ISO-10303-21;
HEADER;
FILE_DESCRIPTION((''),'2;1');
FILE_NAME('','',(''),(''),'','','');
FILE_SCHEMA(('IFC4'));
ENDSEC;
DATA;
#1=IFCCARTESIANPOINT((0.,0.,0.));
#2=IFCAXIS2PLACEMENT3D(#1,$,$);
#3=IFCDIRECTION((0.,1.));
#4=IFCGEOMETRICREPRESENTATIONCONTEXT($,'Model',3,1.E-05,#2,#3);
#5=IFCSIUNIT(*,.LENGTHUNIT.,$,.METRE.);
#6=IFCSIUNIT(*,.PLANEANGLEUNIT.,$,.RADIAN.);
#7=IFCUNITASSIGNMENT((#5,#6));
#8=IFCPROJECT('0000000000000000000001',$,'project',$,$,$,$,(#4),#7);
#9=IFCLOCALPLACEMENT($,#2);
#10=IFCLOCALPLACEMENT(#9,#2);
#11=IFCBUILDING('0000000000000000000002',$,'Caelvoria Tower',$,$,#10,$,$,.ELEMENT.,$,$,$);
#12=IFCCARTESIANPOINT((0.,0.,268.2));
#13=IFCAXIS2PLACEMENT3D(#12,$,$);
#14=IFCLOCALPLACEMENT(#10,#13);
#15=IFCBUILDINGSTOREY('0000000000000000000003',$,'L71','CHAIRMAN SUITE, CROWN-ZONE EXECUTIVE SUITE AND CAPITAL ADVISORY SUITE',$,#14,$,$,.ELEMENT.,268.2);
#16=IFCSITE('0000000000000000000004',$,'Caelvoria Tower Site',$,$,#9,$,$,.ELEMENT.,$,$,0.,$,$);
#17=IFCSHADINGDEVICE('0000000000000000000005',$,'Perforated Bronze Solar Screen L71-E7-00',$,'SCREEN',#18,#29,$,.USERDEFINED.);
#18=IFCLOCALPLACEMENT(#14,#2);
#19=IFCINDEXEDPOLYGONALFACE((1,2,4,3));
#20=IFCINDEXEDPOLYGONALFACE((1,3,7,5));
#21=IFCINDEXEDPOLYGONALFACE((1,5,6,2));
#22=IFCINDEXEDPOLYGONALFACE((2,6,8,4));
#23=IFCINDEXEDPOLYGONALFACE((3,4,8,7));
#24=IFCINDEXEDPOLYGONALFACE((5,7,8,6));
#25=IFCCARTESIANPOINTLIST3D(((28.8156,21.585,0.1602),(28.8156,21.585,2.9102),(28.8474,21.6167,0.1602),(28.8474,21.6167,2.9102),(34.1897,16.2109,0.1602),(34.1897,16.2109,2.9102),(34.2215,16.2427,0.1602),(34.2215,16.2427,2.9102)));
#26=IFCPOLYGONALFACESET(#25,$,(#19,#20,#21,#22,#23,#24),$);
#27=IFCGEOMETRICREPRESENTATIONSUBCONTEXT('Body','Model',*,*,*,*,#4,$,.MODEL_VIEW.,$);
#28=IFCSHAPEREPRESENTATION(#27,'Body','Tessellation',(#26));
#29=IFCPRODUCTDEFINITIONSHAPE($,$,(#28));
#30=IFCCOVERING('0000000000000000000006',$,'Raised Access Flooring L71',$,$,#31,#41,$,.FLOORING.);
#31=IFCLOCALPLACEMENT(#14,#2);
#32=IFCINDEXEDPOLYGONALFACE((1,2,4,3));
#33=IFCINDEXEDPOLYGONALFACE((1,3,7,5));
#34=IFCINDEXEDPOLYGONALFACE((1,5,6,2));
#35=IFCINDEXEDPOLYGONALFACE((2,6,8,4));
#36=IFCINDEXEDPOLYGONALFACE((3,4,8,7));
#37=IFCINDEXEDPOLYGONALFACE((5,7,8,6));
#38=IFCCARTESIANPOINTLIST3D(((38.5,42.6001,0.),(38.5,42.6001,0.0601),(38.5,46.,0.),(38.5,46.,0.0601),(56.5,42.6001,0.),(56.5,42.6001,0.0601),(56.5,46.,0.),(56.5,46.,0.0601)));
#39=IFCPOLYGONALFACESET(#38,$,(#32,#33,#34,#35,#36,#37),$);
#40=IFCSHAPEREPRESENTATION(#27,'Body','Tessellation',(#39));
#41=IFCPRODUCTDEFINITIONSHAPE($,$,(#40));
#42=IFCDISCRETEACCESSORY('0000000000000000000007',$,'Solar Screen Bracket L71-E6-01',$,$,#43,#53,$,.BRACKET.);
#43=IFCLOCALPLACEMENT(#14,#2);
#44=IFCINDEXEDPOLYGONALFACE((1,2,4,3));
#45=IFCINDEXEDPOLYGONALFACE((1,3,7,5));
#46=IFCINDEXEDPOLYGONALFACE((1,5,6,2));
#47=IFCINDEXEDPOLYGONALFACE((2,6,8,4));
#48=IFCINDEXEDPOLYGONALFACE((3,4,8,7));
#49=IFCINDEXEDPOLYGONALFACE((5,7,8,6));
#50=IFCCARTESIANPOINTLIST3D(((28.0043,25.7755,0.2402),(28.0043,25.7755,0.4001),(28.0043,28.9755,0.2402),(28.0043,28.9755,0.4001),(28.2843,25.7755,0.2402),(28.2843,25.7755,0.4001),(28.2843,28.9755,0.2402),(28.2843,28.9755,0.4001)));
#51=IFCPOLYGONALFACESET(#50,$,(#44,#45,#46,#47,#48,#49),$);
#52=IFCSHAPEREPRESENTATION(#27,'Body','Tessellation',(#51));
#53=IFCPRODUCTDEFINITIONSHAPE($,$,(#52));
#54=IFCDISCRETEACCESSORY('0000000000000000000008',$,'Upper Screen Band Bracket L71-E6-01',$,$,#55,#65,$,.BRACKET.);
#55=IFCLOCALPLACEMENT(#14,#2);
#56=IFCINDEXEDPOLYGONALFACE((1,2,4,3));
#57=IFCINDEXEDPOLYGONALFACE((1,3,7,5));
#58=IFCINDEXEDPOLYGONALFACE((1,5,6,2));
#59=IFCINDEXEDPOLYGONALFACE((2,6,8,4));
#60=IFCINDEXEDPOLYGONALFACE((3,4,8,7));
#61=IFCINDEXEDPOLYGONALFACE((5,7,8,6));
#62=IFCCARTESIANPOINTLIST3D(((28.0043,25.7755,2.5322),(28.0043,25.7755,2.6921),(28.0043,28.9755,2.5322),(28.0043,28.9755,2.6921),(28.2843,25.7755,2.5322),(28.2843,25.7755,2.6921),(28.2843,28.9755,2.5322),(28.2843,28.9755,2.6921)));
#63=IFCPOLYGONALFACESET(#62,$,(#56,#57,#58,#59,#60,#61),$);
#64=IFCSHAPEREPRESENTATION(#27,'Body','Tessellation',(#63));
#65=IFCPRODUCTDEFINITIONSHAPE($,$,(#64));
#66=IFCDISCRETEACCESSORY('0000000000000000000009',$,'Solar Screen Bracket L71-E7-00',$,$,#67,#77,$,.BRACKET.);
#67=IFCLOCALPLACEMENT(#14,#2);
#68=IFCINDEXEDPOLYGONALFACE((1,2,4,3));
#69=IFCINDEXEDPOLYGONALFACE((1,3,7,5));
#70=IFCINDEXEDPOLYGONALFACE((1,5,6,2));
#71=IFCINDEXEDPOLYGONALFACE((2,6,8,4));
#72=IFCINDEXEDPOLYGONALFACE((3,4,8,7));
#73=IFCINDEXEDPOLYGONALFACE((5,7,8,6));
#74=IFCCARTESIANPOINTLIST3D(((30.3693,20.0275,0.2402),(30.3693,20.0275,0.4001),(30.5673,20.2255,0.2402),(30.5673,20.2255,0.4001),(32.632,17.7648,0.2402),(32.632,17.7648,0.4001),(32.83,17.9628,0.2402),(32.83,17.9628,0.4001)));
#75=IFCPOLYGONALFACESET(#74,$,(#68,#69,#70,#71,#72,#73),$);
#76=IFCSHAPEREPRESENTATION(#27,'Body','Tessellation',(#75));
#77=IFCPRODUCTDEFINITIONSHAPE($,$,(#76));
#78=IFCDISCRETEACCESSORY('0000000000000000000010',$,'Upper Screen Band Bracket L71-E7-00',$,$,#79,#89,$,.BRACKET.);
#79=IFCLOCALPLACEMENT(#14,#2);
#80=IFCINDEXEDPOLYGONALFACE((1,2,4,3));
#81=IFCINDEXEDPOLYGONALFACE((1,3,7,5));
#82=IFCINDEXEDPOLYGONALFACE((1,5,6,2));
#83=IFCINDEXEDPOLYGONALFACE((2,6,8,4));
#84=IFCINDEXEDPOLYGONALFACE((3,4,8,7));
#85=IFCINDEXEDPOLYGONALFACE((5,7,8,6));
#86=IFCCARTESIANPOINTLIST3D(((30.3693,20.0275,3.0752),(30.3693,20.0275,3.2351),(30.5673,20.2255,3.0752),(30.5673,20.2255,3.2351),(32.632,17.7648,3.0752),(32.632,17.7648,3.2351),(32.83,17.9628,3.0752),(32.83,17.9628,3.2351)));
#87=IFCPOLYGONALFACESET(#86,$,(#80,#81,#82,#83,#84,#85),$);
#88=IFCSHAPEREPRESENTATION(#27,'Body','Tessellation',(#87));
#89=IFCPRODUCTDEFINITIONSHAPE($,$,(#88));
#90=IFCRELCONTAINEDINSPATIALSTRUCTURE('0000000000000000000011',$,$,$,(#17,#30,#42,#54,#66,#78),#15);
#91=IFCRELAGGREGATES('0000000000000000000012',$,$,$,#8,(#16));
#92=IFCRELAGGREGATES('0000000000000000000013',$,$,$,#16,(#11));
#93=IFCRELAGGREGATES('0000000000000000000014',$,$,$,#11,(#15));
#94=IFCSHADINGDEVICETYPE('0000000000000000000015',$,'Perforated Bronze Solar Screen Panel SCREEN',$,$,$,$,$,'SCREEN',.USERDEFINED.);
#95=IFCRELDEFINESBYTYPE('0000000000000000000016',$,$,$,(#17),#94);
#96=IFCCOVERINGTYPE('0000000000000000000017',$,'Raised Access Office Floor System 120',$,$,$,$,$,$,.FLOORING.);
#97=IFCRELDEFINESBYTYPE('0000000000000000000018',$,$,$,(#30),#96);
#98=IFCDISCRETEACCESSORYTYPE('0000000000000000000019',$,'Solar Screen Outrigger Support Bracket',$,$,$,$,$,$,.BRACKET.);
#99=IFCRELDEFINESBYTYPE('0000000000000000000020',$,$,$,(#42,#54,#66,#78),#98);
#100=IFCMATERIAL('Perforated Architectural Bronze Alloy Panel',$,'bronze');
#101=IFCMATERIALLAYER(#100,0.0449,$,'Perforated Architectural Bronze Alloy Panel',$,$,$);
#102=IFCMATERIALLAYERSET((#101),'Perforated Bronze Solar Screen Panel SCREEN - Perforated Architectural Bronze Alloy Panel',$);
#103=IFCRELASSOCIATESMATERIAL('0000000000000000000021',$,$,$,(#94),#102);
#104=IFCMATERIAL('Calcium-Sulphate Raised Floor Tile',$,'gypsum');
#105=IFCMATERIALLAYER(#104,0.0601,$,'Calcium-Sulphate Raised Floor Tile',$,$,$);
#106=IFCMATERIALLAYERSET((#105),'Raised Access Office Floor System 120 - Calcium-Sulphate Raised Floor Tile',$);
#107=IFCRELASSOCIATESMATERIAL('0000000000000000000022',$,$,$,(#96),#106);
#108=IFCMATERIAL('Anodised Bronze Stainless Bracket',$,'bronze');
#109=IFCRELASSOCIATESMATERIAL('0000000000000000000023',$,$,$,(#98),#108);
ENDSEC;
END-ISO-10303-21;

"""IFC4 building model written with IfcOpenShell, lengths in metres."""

from ifc_helpers import new_model, si_unit, direction, frame, origin, origin_2d, place, context, subcontext, project, spatial, polyline, rectangle, outline, extrude, material, layer, layer_set, type_object, element, save


model = new_model("IFC4")

# Units and contexts
model_context = context("Model", 3, precision=1e-05, world=origin(), true_north=direction((0.0, 1.0)))
body_context = subcontext(model_context, "Body", "Model", "MODEL_VIEW")
ifc_project = project(units=[si_unit("LENGTHUNIT", "METRE"), si_unit("PLANEANGLEUNIT", "RADIAN")], contexts=[model_context])

# Site, building, storey
site_placement = place(None, origin())
site = spatial("IfcSite", under=ifc_project, at=site_placement, Name="Caelvoria Tower Site", CompositionType="ELEMENT", RefElevation=0.0)
building_placement = place(site_placement, origin())
building = spatial("IfcBuilding", under=site, at=building_placement, Name="Caelvoria Tower", CompositionType="ELEMENT")
storey_placement = place(building_placement, frame((0.0, 0.0, 268.2)))
storey = spatial("IfcBuildingStorey", under=building, at=storey_placement, Name="L71", Description="CHAIRMAN SUITE, CROWN-ZONE EXECUTIVE SUITE AND CAPITAL ADVISORY SUITE", CompositionType="ELEMENT", Elevation=268.2)

# Shading device
ifc_material_1 = material(Name="Perforated Architectural Bronze Alloy Panel", Category="bronze")
ifc_layer_1 = layer(ifc_material_1, 0.0449, Name="Perforated Architectural Bronze Alloy Panel")
ifc_layer_set_1 = layer_set([ifc_layer_1], Name="Perforated Bronze Solar Screen Panel SCREEN - Perforated Architectural Bronze Alloy Panel")
shading_device_type = type_object("IfcShadingDeviceType", Name="Perforated Bronze Solar Screen Panel SCREEN", ElementType="SCREEN", PredefinedType="USERDEFINED", material=ifc_layer_set_1)
shading_device_1_placement = place(storey_placement, frame((31.5186, 18.9138, 0.1602), z_axis=(0.0, 0.0, 1.0), x_axis=(0.707107, -0.707107, 0.0)))
element("IfcShadingDevice", 1, at=shading_device_1_placement, inside=storey, type_object=shading_device_type, Name="Perforated Bronze Solar Screen L71-E7-00", ObjectType="SCREEN", PredefinedType="USERDEFINED", context=body_context, shape_type="SweptSolid", body=[
    extrude(rectangle(XDim=7.6001, YDim=0.0449, at=origin_2d()), origin(), (0.0, 0.0, 1.0), 2.75),
])

# Covering
ifc_material_2 = material(Name="Calcium-Sulphate Raised Floor Tile", Category="gypsum")
ifc_layer_2 = layer(ifc_material_2, 0.0601, Name="Calcium-Sulphate Raised Floor Tile")
ifc_layer_set_2 = layer_set([ifc_layer_2], Name="Raised Access Office Floor System 120 - Calcium-Sulphate Raised Floor Tile")
covering_type_1 = type_object("IfcCoveringType", Name="Raised Access Office Floor System 120", PredefinedType="FLOORING", material=ifc_layer_set_2)
covering_1_placement = place(storey_placement, origin())
element("IfcCovering", 2, at=covering_1_placement, inside=storey, type_object=covering_type_1, Name="Raised Access Flooring L71", PredefinedType="FLOORING", context=body_context, shape_type="SweptSolid", body=[
    extrude(outline(polyline([(38.5, 42.6001), (56.5, 42.6001), (56.5, 46.0), (38.5, 46.0), (38.5, 42.6001)])), origin(), (0.0, 0.0, 1.0), 0.0601),
])

# Discrete accessories
ifc_material_3 = material(Name="Anodised Bronze Stainless Bracket", Category="bronze")
discrete_accessory_type = type_object("IfcDiscreteAccessoryType", Name="Solar Screen Outrigger Support Bracket", PredefinedType="BRACKET", material=ifc_material_3)
for number, where, z_axis, x_axis, name in (
    (3, (28.1443, 27.3755, 0.2402), (0.0, 0.0, 1.0), (0.0, -1.0, 0.0), "Solar Screen Bracket L71-E6-01"),
    (4, (28.1443, 27.3755, 2.5322), (0.0, 0.0, 1.0), (0.0, -1.0, 0.0), "Upper Screen Band Bracket L71-E6-01"),
    (5, (31.5996, 18.9951, 0.2402), (0.0, 0.0, 1.0), (0.707107, -0.707107, 0.0), "Solar Screen Bracket L71-E7-00"),
    (6, (31.5996, 18.9951, 3.0752), (0.0, 0.0, 1.0), (0.707107, -0.707107, 0.0), "Upper Screen Band Bracket L71-E7-00"),
):
    element("IfcDiscreteAccessory", number, at=place(storey_placement, frame(where, z_axis=z_axis, x_axis=x_axis)), inside=storey, type_object=discrete_accessory_type, Name=name, PredefinedType="BRACKET", context=body_context, shape_type="SweptSolid", body=[
        extrude(rectangle(XDim=3.2, YDim=0.28, at=origin_2d()), origin(), (0.0, 0.0, 1.0), 0.1599),
    ])

save(model, "model.ifc")
